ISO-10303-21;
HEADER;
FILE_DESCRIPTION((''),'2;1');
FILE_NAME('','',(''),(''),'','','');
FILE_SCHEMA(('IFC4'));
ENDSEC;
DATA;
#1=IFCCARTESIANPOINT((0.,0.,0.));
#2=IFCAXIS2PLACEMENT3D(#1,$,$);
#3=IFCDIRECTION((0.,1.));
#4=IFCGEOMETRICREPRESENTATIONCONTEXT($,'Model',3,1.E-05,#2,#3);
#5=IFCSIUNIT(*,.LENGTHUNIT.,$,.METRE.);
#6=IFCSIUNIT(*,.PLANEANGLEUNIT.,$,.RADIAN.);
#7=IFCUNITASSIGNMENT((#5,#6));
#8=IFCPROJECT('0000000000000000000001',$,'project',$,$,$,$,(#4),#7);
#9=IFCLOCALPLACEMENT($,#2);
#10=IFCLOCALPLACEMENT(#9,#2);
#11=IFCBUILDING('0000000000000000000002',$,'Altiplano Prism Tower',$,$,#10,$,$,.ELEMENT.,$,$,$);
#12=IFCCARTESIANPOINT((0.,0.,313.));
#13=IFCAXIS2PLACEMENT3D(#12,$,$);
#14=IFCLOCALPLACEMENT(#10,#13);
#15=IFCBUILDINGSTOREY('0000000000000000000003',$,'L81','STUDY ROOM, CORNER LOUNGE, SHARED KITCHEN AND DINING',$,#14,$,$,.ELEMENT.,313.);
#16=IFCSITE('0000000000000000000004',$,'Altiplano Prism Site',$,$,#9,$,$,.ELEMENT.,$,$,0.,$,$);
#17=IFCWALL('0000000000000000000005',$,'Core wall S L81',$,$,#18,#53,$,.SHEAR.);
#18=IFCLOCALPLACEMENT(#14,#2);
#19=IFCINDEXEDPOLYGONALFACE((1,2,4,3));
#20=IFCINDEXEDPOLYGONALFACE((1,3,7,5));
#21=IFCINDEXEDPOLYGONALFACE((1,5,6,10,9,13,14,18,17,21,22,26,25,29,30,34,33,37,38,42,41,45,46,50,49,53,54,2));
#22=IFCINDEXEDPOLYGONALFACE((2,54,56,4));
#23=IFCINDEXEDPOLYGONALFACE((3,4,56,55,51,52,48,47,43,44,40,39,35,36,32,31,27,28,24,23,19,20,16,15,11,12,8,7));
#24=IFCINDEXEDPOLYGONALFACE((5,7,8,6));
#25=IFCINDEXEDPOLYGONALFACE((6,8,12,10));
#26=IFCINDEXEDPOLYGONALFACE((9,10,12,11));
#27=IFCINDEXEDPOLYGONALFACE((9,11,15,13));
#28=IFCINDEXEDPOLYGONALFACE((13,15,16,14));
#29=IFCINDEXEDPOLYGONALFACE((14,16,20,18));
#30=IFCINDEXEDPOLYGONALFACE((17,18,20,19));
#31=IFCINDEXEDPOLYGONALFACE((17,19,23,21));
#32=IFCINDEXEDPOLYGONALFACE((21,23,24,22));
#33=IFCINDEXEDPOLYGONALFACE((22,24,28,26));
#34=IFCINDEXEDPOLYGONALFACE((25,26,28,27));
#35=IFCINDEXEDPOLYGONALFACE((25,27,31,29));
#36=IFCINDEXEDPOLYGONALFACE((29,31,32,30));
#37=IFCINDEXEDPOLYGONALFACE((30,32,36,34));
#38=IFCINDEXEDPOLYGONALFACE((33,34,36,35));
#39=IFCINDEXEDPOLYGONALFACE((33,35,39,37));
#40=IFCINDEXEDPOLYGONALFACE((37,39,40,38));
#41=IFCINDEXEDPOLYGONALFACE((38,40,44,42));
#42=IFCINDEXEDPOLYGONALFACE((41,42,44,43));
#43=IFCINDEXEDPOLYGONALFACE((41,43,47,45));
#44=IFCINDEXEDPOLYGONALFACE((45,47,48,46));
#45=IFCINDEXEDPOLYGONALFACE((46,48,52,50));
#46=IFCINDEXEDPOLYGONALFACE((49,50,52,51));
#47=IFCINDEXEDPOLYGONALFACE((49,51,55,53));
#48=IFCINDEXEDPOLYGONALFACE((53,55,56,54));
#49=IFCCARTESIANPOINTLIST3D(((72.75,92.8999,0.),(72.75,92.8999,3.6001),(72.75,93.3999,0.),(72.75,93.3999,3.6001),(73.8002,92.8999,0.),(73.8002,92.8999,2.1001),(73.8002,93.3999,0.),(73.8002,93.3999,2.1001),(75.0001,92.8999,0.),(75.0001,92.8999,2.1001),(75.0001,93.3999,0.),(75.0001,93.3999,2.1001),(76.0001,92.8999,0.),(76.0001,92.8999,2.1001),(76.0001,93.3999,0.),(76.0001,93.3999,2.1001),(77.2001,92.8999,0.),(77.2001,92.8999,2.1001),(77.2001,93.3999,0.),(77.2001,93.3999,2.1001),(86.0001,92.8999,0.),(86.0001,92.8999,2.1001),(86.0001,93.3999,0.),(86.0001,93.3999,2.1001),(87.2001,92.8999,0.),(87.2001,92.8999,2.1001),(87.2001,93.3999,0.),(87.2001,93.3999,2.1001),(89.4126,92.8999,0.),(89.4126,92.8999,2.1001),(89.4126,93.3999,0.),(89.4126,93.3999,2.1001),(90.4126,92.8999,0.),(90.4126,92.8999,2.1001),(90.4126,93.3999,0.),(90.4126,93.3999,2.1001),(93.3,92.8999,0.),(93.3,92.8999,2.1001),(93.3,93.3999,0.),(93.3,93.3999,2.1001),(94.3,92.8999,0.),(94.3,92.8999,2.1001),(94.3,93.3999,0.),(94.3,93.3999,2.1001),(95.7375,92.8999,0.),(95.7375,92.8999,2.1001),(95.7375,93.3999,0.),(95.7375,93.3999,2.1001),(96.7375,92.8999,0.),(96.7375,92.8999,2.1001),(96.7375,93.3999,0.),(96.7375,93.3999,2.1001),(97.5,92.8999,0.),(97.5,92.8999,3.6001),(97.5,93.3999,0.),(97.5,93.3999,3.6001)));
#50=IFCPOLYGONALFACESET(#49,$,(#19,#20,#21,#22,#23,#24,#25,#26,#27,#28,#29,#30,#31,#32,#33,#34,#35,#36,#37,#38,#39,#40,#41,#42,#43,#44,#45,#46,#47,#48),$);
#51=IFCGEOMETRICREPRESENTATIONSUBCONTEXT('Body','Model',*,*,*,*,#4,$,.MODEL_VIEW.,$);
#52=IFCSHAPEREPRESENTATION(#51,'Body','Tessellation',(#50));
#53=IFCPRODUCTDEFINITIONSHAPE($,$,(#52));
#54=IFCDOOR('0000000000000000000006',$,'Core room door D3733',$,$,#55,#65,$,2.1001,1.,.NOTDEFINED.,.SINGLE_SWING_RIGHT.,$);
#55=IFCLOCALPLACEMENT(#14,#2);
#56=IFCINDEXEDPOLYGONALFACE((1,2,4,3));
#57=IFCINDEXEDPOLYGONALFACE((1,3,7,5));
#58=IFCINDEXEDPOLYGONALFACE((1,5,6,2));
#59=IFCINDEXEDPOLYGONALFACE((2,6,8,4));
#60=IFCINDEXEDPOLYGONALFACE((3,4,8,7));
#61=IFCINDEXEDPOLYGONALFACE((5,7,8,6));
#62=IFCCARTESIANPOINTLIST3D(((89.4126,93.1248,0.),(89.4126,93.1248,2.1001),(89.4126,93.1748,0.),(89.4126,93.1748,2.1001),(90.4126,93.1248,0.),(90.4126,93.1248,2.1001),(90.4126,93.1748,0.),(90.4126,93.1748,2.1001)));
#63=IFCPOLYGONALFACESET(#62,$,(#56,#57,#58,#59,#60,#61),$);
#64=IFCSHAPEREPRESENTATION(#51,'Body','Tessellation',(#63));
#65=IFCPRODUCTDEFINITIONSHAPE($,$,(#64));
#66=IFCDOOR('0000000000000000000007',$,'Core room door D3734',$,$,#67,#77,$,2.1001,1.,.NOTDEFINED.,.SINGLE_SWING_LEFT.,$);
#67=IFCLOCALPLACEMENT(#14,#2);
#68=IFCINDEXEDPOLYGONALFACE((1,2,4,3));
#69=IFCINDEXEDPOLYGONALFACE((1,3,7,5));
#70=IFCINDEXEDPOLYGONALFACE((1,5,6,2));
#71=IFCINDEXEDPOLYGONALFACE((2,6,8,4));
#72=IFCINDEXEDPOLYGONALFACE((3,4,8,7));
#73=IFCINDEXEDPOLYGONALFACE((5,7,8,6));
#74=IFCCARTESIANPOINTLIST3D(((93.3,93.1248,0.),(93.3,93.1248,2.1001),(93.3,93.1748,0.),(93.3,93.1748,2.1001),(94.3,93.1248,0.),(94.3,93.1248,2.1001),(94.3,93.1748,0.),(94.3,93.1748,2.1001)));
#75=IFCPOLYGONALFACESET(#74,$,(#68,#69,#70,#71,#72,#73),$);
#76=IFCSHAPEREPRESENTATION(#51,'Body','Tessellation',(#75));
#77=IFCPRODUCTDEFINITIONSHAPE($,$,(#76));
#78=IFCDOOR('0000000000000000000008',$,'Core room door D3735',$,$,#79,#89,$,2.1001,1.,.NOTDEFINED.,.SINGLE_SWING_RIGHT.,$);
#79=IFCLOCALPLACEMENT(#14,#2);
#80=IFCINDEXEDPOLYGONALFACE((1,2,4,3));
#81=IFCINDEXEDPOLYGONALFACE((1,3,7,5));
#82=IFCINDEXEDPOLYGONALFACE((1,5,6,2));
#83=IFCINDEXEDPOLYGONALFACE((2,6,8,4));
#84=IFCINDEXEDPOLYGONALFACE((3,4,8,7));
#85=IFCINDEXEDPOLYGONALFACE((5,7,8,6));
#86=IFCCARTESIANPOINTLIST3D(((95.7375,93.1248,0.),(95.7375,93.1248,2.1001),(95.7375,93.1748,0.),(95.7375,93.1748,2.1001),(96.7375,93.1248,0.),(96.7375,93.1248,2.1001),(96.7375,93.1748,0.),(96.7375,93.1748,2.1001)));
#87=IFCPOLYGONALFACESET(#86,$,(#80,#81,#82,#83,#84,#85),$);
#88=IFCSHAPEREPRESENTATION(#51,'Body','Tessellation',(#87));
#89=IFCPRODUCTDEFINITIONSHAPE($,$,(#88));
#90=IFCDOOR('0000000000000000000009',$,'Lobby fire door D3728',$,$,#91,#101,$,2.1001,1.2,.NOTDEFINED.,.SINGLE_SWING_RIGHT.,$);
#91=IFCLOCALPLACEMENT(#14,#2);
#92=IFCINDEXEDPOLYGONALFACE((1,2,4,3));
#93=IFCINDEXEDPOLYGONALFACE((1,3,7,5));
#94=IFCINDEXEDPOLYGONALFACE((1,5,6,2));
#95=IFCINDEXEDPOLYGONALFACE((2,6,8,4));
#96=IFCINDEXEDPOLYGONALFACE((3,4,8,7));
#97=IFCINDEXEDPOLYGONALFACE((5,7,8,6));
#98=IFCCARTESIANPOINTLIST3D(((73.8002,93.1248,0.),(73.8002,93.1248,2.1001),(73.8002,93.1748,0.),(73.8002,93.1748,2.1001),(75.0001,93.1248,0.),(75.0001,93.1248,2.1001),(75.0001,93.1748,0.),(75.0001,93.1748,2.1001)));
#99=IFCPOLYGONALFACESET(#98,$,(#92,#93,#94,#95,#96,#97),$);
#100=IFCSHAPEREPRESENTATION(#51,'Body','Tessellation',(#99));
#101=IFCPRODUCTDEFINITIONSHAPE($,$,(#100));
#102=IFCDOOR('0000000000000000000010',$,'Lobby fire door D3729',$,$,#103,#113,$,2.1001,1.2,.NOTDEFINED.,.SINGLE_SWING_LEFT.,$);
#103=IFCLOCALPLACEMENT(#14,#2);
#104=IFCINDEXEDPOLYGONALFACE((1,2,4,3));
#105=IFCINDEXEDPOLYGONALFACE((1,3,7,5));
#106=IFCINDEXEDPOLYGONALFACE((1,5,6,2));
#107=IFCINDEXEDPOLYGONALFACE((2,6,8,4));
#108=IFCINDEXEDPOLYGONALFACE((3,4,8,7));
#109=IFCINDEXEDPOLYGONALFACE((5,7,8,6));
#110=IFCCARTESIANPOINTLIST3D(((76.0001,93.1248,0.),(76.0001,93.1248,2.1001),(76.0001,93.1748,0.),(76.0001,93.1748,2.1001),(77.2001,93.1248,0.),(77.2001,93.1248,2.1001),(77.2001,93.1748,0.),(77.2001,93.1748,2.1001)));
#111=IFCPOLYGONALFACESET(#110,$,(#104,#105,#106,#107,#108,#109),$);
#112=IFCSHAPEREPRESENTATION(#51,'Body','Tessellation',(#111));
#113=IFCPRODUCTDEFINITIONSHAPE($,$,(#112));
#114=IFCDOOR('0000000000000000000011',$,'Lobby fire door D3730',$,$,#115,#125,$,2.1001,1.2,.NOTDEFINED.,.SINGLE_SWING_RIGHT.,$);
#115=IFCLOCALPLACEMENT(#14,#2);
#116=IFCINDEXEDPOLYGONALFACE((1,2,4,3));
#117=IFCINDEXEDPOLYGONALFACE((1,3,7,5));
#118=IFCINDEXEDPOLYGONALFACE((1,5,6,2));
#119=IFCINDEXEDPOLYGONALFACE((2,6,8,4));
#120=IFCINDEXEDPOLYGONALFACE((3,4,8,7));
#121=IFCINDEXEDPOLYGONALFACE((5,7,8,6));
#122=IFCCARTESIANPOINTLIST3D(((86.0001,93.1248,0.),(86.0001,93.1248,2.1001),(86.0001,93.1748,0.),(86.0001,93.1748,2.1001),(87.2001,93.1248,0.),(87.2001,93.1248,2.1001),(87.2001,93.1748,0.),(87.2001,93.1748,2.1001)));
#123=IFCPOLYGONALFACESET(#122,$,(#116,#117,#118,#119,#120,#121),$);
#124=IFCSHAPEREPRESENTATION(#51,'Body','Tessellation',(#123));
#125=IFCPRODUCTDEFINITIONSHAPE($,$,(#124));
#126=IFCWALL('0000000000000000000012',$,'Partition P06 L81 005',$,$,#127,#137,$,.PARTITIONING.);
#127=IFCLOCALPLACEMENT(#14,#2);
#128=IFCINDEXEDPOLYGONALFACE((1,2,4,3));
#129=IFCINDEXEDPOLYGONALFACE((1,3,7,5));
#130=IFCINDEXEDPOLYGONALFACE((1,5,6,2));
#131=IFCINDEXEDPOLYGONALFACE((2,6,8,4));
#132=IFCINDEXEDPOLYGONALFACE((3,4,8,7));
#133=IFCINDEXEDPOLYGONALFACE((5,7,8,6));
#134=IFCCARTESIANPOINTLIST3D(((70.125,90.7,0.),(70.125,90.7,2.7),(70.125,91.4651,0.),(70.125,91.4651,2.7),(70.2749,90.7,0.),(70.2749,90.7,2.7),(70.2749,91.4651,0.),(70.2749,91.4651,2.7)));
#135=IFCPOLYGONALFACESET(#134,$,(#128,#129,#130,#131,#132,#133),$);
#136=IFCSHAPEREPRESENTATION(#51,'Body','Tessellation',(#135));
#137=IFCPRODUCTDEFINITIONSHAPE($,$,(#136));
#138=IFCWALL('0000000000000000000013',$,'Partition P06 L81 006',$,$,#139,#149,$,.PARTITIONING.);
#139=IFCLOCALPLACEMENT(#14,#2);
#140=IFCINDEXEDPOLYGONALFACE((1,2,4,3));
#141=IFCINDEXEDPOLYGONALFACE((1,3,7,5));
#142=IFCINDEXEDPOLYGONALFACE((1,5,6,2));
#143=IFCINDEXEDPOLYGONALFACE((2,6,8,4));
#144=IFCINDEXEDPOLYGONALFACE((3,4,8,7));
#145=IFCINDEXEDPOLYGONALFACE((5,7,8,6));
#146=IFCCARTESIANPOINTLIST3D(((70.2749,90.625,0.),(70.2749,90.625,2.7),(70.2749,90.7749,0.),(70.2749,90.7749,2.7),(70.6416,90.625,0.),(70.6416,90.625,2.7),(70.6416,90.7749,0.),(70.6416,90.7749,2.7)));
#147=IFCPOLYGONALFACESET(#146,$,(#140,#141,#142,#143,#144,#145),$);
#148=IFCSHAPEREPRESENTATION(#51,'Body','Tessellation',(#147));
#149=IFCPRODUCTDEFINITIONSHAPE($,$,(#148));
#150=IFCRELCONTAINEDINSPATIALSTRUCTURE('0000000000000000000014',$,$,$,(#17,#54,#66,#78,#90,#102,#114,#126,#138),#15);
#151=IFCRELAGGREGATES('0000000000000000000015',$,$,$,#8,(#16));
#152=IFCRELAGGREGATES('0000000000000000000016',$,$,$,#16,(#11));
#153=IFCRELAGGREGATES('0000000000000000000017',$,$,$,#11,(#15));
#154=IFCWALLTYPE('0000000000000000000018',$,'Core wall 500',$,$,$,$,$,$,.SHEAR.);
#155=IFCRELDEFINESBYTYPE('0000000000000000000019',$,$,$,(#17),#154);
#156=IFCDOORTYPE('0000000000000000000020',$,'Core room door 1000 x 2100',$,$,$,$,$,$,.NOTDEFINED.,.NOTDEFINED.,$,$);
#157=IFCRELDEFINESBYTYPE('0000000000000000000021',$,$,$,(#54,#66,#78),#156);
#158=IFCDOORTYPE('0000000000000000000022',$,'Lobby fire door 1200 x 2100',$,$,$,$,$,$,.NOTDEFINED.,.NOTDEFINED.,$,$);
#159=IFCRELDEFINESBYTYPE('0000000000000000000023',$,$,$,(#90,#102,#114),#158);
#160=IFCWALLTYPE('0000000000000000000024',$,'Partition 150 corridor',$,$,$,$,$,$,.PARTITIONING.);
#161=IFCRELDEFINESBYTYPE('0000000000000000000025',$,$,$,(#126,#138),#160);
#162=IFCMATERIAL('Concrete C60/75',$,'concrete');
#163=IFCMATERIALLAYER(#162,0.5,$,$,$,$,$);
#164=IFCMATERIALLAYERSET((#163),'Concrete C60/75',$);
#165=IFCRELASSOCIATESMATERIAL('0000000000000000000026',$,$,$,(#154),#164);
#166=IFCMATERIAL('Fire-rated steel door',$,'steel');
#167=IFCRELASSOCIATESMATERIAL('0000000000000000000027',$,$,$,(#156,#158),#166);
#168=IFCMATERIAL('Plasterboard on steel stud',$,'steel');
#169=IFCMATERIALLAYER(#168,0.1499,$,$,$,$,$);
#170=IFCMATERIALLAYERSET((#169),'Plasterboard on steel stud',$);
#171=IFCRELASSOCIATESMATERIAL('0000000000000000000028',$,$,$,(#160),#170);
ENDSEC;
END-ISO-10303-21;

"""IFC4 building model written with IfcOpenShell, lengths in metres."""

from ifc_helpers import new_model, si_unit, direction, frame, frame_2d, origin, place, context, subcontext, project, spatial, rectangle, extrude, material, layer, layer_set, type_object, element, fill, save


model = new_model("IFC4")

# Units and contexts
model_context = context("Model", 3, precision=1e-05, world=origin(), true_north=direction((0.0, 1.0)))
body_context = subcontext(model_context, "Body", "Model", "MODEL_VIEW")
ifc_project = project(units=[si_unit("LENGTHUNIT", "METRE"), si_unit("PLANEANGLEUNIT", "RADIAN")], contexts=[model_context])

# Site, building, storey
site_placement = place(None, origin())
site = spatial("IfcSite", under=ifc_project, at=site_placement, Name="Altiplano Prism Site", CompositionType="ELEMENT", RefElevation=0.0)
building_placement = place(site_placement, origin())
building = spatial("IfcBuilding", under=site, at=building_placement, Name="Altiplano Prism Tower", CompositionType="ELEMENT")
storey_placement = place(building_placement, frame((0.0, 0.0, 313.0)))
storey = spatial("IfcBuildingStorey", under=building, at=storey_placement, Name="L81", Description="STUDY ROOM, CORNER LOUNGE, SHARED KITCHEN AND DINING", CompositionType="ELEMENT", Elevation=313.0)

# Shared definitions
ifc_material_1 = material(Name="Concrete C60/75", Category="concrete")

# Wall, openings, doors
ifc_layer_1 = layer(ifc_material_1, 0.5)
ifc_layer_set_1 = layer_set([ifc_layer_1], Name="Concrete C60/75")
wall_type_1 = type_object("IfcWallType", Name="Core wall 500", PredefinedType="SHEAR", material=ifc_layer_set_1)
wall_1_placement = place(storey_placement, frame((72.75, 93.1499, 0.0), z_axis=(0.0, 0.0, 1.0), x_axis=(1.0, 0.0, 0.0)))
wall_1 = element("IfcWall", 1, at=wall_1_placement, inside=storey, type_object=wall_type_1, Name="Core wall S L81", PredefinedType="SHEAR", context=body_context, shape_type="SweptSolid", body=[
    extrude(rectangle(XDim=24.75, YDim=0.5, at=frame_2d((12.375, 0.0))), origin(), (0.0, 0.0, 1.0), 3.6001),
])
opening_1_placement = place(wall_1_placement, frame((1.05, 0.0, 0.0)))
opening_1 = element("IfcOpeningElement", 2, at=opening_1_placement, cuts=wall_1, PredefinedType="OPENING", context=body_context, shape_type="SweptSolid", body=[
    extrude(rectangle(XDim=1.2, YDim=2.1001, at=frame_2d((0.6001, 1.05))), frame((0.0, 0.2605, 0.0), z_axis=(0.0, -1.0, 0.0), x_axis=(1.0, 0.0, 0.0)), (0.0, 0.0, 1.0), 0.521),
])
opening_2_placement = place(wall_1_placement, frame((3.25, 0.0, 0.0)))
opening_2 = element("IfcOpeningElement", 3, at=opening_2_placement, cuts=wall_1, PredefinedType="OPENING", context=body_context, shape_type="SweptSolid", body=[
    extrude(rectangle(XDim=1.2, YDim=2.1001, at=frame_2d((0.6001, 1.05))), frame((0.0, 0.2605, 0.0), z_axis=(0.0, -1.0, 0.0), x_axis=(1.0, 0.0, 0.0)), (0.0, 0.0, 1.0), 0.521),
])
opening_3_placement = place(wall_1_placement, frame((13.25, 0.0, 0.0)))
opening_3 = element("IfcOpeningElement", 4, at=opening_3_placement, cuts=wall_1, PredefinedType="OPENING", context=body_context, shape_type="SweptSolid", body=[
    extrude(rectangle(XDim=1.2, YDim=2.1001, at=frame_2d((0.6001, 1.05))), frame((0.0, 0.2605, 0.0), z_axis=(0.0, -1.0, 0.0), x_axis=(1.0, 0.0, 0.0)), (0.0, 0.0, 1.0), 0.521),
])
opening_4_placement = place(wall_1_placement, frame((16.6626, 0.0, 0.0)))
opening_4 = element("IfcOpeningElement", 5, at=opening_4_placement, cuts=wall_1, PredefinedType="OPENING", context=body_context, shape_type="SweptSolid", body=[
    extrude(rectangle(XDim=1.0, YDim=2.1001, at=frame_2d((0.5, 1.05))), frame((0.0, 0.2605, 0.0), z_axis=(0.0, -1.0, 0.0), x_axis=(1.0, 0.0, 0.0)), (0.0, 0.0, 1.0), 0.521),
])
opening_5_placement = place(wall_1_placement, frame((20.55, 0.0, 0.0)))
opening_5 = element("IfcOpeningElement", 6, at=opening_5_placement, cuts=wall_1, PredefinedType="OPENING", context=body_context, shape_type="SweptSolid", body=[
    extrude(rectangle(XDim=1.0, YDim=2.1001, at=frame_2d((0.5, 1.05))), frame((0.0, 0.2605, 0.0), z_axis=(0.0, -1.0, 0.0), x_axis=(1.0, 0.0, 0.0)), (0.0, 0.0, 1.0), 0.521),
])
opening_6_placement = place(wall_1_placement, frame((22.9875, 0.0, 0.0)))
opening_6 = element("IfcOpeningElement", 7, at=opening_6_placement, cuts=wall_1, PredefinedType="OPENING", context=body_context, shape_type="SweptSolid", body=[
    extrude(rectangle(XDim=1.0, YDim=2.1001, at=frame_2d((0.5, 1.05))), frame((0.0, 0.2605, 0.0), z_axis=(0.0, -1.0, 0.0), x_axis=(1.0, 0.0, 0.0)), (0.0, 0.0, 1.0), 0.521),
])
ifc_material_2 = material(Name="Fire-rated steel door", Category="steel")
door_type_1 = type_object("IfcDoorType", Name="Core room door 1000 x 2100", OperationType="NOTDEFINED", PredefinedType="NOTDEFINED", material=ifc_material_2)
door_1_placement = place(opening_4_placement, origin())
door_1 = element("IfcDoor", 8, at=door_1_placement, inside=storey, type_object=door_type_1, Name="Core room door D3733", OperationType="SINGLE_SWING_RIGHT", OverallHeight=2.1001, OverallWidth=1.0, PredefinedType="NOTDEFINED", context=body_context, shape_type="SweptSolid", body=[
    extrude(rectangle(XDim=1.0, YDim=2.1001, at=frame_2d((0.5, 1.05))), frame((0.0, 0.0249, 0.0), z_axis=(0.0, -1.0, 0.0), x_axis=(1.0, 0.0, 0.0)), (0.0, 0.0, 1.0), 0.05),
])
fill(opening_4, door_1)
door_2_placement = place(opening_5_placement, origin())
door_2 = element("IfcDoor", 9, at=door_2_placement, inside=storey, type_object=door_type_1, Name="Core room door D3734", OperationType="SINGLE_SWING_LEFT", OverallHeight=2.1001, OverallWidth=1.0, PredefinedType="NOTDEFINED", context=body_context, shape_type="SweptSolid", body=[
    extrude(rectangle(XDim=1.0, YDim=2.1001, at=frame_2d((0.5, 1.05))), frame((0.0, 0.0249, 0.0), z_axis=(0.0, -1.0, 0.0), x_axis=(1.0, 0.0, 0.0)), (0.0, 0.0, 1.0), 0.05),
])
fill(opening_5, door_2)
door_3_placement = place(opening_6_placement, origin())
door_3 = element("IfcDoor", 10, at=door_3_placement, inside=storey, type_object=door_type_1, Name="Core room door D3735", OperationType="SINGLE_SWING_RIGHT", OverallHeight=2.1001, OverallWidth=1.0, PredefinedType="NOTDEFINED", context=body_context, shape_type="SweptSolid", body=[
    extrude(rectangle(XDim=1.0, YDim=2.1001, at=frame_2d((0.5, 1.05))), frame((0.0, 0.0249, 0.0), z_axis=(0.0, -1.0, 0.0), x_axis=(1.0, 0.0, 0.0)), (0.0, 0.0, 1.0), 0.05),
])
fill(opening_6, door_3)
door_type_2 = type_object("IfcDoorType", Name="Lobby fire door 1200 x 2100", OperationType="NOTDEFINED", PredefinedType="NOTDEFINED", material=ifc_material_2)
door_4_placement = place(opening_1_placement, origin())
door_4 = element("IfcDoor", 11, at=door_4_placement, inside=storey, type_object=door_type_2, Name="Lobby fire door D3728", OperationType="SINGLE_SWING_RIGHT", OverallHeight=2.1001, OverallWidth=1.2, PredefinedType="NOTDEFINED", context=body_context, shape_type="SweptSolid", body=[
    extrude(rectangle(XDim=1.2, YDim=2.1001, at=frame_2d((0.6001, 1.05))), frame((0.0, 0.0249, 0.0), z_axis=(0.0, -1.0, 0.0), x_axis=(1.0, 0.0, 0.0)), (0.0, 0.0, 1.0), 0.05),
])
fill(opening_1, door_4)
door_5_placement = place(opening_2_placement, origin())
door_5 = element("IfcDoor", 12, at=door_5_placement, inside=storey, type_object=door_type_2, Name="Lobby fire door D3729", OperationType="SINGLE_SWING_LEFT", OverallHeight=2.1001, OverallWidth=1.2, PredefinedType="NOTDEFINED", context=body_context, shape_type="SweptSolid", body=[
    extrude(rectangle(XDim=1.2, YDim=2.1001, at=frame_2d((0.6001, 1.05))), frame((0.0, 0.0249, 0.0), z_axis=(0.0, -1.0, 0.0), x_axis=(1.0, 0.0, 0.0)), (0.0, 0.0, 1.0), 0.05),
])
fill(opening_2, door_5)
door_6_placement = place(opening_3_placement, origin())
door_6 = element("IfcDoor", 13, at=door_6_placement, inside=storey, type_object=door_type_2, Name="Lobby fire door D3730", OperationType="SINGLE_SWING_RIGHT", OverallHeight=2.1001, OverallWidth=1.2, PredefinedType="NOTDEFINED", context=body_context, shape_type="SweptSolid", body=[
    extrude(rectangle(XDim=1.2, YDim=2.1001, at=frame_2d((0.6001, 1.05))), frame((0.0, 0.0249, 0.0), z_axis=(0.0, -1.0, 0.0), x_axis=(1.0, 0.0, 0.0)), (0.0, 0.0, 1.0), 0.05),
])
fill(opening_3, door_6)

# Walls
ifc_material_3 = material(Name="Plasterboard on steel stud", Category="steel")
ifc_layer_2 = layer(ifc_material_3, 0.1499)
ifc_layer_set_2 = layer_set([ifc_layer_2], Name="Plasterboard on steel stud")
wall_type_2 = type_object("IfcWallType", Name="Partition 150 corridor", PredefinedType="PARTITIONING", material=ifc_layer_set_2)
wall_2_placement = place(storey_placement, frame((70.2, 91.4651, 0.0), z_axis=(0.0, 0.0, 1.0), x_axis=(0.0, -1.0, 0.0)))
element("IfcWall", 14, at=wall_2_placement, inside=storey, type_object=wall_type_2, Name="Partition P06 L81 005", PredefinedType="PARTITIONING", context=body_context, shape_type="SweptSolid", body=[
    extrude(rectangle(XDim=0.7651, YDim=0.1499, at=frame_2d((0.3826, 0.0))), origin(), (0.0, 0.0, 1.0), 2.7),
])
wall_3_placement = place(storey_placement, frame((70.2749, 90.7, 0.0), z_axis=(0.0, 0.0, 1.0), x_axis=(1.0, 0.0, 0.0)))
element("IfcWall", 15, at=wall_3_placement, inside=storey, type_object=wall_type_2, Name="Partition P06 L81 006", PredefinedType="PARTITIONING", context=body_context, shape_type="SweptSolid", body=[
    extrude(rectangle(XDim=0.3667, YDim=0.1499, at=frame_2d((0.1833, 0.0))), origin(), (0.0, 0.0, 1.0), 2.7),
])

save(model, "model.ifc")
